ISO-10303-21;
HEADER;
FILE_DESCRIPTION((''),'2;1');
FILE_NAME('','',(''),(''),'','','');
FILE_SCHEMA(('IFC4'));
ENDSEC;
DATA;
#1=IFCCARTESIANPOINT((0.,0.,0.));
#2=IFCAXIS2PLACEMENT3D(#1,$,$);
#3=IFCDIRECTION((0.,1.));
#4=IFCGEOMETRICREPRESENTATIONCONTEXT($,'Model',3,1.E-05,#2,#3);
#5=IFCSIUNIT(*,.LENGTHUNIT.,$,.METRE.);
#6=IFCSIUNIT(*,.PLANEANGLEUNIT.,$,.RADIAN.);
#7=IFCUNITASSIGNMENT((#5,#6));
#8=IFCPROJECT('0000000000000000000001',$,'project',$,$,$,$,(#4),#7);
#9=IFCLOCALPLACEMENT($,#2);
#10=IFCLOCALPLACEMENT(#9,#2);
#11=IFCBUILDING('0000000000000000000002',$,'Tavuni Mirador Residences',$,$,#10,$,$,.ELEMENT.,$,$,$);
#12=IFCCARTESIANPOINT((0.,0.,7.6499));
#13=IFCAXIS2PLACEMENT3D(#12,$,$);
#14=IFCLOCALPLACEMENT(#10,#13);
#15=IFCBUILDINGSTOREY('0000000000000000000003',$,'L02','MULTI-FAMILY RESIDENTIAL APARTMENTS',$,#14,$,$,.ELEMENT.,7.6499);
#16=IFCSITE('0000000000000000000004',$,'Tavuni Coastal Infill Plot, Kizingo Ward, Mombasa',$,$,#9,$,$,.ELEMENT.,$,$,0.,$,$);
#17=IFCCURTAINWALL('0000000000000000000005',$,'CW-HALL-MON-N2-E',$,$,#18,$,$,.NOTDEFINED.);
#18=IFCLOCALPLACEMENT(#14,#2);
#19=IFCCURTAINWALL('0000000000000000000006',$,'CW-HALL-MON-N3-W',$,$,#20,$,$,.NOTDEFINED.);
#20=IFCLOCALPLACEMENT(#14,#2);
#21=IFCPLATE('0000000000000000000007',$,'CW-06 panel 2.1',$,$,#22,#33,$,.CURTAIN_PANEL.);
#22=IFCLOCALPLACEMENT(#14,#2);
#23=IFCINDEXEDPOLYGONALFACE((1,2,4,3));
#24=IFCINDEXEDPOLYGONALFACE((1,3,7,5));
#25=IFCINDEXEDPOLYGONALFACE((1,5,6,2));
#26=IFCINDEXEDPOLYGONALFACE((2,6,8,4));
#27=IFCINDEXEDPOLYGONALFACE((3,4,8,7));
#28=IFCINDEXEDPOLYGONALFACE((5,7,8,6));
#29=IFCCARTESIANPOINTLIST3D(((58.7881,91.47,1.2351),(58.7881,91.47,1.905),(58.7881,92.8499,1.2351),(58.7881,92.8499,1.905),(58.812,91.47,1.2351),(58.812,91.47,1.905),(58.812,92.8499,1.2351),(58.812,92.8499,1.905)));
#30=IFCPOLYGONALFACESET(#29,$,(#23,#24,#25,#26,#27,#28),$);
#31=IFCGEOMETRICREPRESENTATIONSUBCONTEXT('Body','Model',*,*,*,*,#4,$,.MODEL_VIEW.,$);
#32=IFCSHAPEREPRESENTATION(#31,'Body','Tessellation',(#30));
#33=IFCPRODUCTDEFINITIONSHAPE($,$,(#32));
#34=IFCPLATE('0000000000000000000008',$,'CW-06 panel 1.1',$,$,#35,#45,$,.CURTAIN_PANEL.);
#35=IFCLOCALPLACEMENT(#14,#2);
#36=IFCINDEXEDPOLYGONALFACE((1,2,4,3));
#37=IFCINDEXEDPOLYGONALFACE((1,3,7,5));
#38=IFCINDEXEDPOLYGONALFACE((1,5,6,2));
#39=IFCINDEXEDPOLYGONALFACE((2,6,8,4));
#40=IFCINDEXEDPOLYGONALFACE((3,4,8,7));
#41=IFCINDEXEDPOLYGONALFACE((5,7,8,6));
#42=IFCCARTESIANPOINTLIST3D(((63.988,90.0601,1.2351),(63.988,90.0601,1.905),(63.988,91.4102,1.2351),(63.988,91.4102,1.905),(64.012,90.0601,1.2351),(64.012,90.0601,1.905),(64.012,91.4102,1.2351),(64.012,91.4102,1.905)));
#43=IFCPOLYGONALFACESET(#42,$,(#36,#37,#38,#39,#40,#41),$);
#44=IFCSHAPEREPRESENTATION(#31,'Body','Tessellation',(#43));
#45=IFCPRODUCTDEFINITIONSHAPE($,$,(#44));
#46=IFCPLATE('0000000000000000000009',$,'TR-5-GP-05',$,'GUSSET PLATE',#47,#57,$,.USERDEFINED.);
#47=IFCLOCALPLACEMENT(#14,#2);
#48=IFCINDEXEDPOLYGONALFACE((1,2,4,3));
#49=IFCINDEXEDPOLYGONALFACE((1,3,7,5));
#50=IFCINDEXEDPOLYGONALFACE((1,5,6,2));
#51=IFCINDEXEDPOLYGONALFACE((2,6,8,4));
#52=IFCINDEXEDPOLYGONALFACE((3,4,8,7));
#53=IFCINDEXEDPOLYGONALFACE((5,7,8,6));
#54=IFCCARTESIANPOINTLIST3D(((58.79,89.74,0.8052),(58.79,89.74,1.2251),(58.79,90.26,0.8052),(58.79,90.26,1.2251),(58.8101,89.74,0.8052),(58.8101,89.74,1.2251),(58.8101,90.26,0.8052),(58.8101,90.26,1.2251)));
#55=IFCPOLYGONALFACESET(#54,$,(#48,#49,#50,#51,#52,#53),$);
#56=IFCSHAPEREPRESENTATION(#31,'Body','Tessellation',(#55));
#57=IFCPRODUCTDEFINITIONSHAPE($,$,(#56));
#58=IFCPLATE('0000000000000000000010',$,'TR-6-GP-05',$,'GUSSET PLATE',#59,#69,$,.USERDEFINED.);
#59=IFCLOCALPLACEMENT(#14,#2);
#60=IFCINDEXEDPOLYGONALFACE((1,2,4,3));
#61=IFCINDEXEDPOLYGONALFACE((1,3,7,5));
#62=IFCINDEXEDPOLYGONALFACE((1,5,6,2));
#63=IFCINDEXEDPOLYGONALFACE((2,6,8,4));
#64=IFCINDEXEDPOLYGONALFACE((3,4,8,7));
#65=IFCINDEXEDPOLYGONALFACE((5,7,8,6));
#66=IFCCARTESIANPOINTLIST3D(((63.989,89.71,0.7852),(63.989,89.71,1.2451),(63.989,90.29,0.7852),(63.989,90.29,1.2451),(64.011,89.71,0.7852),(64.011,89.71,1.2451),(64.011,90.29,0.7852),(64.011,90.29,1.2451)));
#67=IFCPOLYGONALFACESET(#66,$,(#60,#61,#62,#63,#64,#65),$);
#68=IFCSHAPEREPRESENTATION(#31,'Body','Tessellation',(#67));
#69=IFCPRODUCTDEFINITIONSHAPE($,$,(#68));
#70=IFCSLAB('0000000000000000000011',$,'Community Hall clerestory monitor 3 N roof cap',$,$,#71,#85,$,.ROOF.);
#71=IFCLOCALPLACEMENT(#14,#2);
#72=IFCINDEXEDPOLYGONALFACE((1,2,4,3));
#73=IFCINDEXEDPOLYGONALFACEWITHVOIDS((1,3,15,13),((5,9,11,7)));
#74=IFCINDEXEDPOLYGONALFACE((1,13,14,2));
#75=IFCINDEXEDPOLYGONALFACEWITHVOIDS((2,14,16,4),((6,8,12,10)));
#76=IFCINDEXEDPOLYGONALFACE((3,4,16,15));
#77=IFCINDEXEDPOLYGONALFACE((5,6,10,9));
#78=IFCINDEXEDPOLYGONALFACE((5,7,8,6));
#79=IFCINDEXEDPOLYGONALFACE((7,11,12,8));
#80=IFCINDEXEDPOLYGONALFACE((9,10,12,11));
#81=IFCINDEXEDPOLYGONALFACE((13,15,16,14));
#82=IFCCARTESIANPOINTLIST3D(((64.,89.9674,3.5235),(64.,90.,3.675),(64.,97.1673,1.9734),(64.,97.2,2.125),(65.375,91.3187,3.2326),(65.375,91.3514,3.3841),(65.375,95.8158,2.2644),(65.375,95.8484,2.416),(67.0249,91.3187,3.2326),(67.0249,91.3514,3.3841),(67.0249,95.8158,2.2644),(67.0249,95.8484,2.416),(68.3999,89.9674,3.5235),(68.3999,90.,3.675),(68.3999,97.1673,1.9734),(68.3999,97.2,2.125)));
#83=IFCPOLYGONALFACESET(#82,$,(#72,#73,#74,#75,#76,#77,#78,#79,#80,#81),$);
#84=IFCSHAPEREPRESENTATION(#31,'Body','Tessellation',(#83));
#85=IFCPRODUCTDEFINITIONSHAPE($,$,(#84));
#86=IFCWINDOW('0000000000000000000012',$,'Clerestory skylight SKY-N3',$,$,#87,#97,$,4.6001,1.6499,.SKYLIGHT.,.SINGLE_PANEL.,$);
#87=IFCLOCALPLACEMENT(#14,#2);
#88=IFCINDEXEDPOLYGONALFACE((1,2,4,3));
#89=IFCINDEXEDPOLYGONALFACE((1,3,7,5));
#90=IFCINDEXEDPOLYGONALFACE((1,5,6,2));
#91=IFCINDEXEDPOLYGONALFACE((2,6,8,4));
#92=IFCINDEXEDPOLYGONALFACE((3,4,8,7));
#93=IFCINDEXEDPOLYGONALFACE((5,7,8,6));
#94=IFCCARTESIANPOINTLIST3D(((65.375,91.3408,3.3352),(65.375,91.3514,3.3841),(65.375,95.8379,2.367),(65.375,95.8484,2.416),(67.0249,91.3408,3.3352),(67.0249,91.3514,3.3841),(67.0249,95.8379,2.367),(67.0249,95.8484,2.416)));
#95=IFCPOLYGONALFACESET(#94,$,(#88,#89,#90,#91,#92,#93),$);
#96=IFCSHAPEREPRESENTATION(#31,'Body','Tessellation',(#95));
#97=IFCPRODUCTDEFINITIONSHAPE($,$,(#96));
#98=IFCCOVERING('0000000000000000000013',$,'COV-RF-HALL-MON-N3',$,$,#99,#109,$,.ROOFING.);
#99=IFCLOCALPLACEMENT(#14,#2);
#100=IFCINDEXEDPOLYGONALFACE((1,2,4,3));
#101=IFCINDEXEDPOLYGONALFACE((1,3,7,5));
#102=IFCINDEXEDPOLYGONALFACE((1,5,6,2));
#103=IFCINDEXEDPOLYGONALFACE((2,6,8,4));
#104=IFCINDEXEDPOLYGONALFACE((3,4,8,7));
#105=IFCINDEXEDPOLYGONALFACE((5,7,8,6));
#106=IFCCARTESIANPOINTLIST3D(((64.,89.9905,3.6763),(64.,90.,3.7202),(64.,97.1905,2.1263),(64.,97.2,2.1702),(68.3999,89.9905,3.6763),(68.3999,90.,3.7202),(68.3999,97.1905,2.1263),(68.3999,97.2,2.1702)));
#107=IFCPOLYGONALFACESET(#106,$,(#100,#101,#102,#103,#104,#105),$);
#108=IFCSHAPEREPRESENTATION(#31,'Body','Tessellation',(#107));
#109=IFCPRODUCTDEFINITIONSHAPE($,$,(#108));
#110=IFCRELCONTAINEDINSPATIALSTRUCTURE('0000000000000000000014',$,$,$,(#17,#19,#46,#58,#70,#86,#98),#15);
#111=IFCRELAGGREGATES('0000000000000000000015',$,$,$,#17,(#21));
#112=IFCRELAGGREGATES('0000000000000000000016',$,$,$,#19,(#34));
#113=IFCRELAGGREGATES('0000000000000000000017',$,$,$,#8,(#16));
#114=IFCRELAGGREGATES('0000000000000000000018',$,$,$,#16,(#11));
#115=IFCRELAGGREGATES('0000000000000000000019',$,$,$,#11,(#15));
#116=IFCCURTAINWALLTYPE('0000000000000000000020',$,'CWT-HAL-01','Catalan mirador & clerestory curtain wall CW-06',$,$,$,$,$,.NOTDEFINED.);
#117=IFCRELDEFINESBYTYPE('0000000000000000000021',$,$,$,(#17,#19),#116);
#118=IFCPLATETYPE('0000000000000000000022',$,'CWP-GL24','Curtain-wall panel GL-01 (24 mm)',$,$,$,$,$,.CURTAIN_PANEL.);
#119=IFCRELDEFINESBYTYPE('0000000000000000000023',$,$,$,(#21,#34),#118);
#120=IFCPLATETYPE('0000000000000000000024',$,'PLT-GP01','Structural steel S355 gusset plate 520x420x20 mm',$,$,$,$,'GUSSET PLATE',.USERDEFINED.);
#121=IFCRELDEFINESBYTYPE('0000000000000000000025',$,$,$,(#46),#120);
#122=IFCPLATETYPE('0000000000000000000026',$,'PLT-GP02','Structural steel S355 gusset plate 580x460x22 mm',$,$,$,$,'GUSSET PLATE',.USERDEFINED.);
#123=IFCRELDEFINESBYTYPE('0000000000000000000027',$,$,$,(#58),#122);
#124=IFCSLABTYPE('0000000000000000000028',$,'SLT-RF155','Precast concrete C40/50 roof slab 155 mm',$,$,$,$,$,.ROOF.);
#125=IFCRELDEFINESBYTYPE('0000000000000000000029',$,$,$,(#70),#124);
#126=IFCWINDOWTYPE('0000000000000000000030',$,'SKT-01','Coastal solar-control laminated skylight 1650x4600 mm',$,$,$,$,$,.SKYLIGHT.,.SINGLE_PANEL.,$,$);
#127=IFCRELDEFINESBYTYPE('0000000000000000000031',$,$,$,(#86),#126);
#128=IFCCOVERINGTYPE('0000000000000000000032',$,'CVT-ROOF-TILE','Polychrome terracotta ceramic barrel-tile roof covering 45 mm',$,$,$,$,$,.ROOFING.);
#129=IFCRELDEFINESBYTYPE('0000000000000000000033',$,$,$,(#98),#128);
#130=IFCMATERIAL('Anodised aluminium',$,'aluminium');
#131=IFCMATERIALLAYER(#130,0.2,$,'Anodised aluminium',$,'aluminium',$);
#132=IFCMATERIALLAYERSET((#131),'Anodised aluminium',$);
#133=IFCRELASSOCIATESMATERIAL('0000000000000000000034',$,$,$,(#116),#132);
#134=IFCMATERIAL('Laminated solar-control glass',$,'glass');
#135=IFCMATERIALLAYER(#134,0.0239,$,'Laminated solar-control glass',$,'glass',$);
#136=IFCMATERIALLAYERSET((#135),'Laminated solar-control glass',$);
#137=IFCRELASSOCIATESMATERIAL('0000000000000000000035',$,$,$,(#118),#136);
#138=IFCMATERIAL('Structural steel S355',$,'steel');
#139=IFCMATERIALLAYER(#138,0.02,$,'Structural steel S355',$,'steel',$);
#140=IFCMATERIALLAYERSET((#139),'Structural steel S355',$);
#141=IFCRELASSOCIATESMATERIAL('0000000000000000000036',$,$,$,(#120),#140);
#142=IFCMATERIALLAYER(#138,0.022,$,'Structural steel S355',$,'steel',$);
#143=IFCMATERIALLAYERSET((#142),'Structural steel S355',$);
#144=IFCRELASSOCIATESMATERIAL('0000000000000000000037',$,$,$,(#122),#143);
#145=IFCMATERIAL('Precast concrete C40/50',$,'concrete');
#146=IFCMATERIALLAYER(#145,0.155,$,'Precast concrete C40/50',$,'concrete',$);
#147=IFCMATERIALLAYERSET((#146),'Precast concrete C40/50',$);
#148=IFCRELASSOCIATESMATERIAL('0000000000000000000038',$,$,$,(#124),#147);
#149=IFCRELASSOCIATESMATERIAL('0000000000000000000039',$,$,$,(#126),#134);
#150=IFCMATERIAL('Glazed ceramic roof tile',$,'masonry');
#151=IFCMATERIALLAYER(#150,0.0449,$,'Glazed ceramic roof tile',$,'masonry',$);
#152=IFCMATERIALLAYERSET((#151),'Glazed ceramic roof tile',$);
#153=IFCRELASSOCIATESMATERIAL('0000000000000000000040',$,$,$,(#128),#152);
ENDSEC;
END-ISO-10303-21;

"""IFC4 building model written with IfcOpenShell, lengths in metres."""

from ifc_helpers import new_model, si_unit, direction, frame, origin, origin_2d, place, context, subcontext, project, spatial, polyline, rectangle, outline, extrude, material, layer, layer_set, type_object, element, fill, aggregate, save


model = new_model("IFC4")

# Units and contexts
model_context = context("Model", 3, precision=1e-05, world=origin(), true_north=direction((0.0, 1.0)))
body_context = subcontext(model_context, "Body", "Model", "MODEL_VIEW")
ifc_project = project(units=[si_unit("LENGTHUNIT", "METRE"), si_unit("PLANEANGLEUNIT", "RADIAN")], contexts=[model_context])

# Site, building, storey
site_placement = place(None, origin())
site = spatial("IfcSite", under=ifc_project, at=site_placement, Name="Tavuni Coastal Infill Plot, Kizingo Ward, Mombasa", CompositionType="ELEMENT", RefElevation=0.0)
building_placement = place(site_placement, origin())
building = spatial("IfcBuilding", under=site, at=building_placement, Name="Tavuni Mirador Residences", CompositionType="ELEMENT")
storey_placement = place(building_placement, frame((0.0, 0.0, 7.6499)))
storey = spatial("IfcBuildingStorey", under=building, at=storey_placement, Name="L02", Description="MULTI-FAMILY RESIDENTIAL APARTMENTS", CompositionType="ELEMENT", Elevation=7.6499)

# Curtain wall
ifc_material_1 = material(Name="Anodised aluminium", Category="aluminium")
ifc_layer_1 = layer(ifc_material_1, 0.2, Name="Anodised aluminium", Category="aluminium")
ifc_layer_set_1 = layer_set([ifc_layer_1], Name="Anodised aluminium")
curtain_wall_type = type_object("IfcCurtainWallType", Name="CWT-HAL-01", Description="Catalan mirador & clerestory curtain wall CW-06", PredefinedType="NOTDEFINED", material=ifc_layer_set_1)
curtain_wall_1_placement = place(storey_placement, origin())
curtain_wall_1 = element("IfcCurtainWall", 1, at=curtain_wall_1_placement, inside=storey, type_object=curtain_wall_type, Name="CW-HALL-MON-N2-E", PredefinedType="NOTDEFINED")

# Curtain wall
curtain_wall_2_placement = place(storey_placement, origin())
curtain_wall_2 = element("IfcCurtainWall", 2, at=curtain_wall_2_placement, inside=storey, type_object=curtain_wall_type, Name="CW-HALL-MON-N3-W", PredefinedType="NOTDEFINED")

# Shared definitions
ifc_material_2 = material(Name="Structural steel S355", Category="steel")

# Plates
ifc_material_3 = material(Name="Laminated solar-control glass", Category="glass")
ifc_layer_2 = layer(ifc_material_3, 0.0239, Name="Laminated solar-control glass", Category="glass")
ifc_layer_set_2 = layer_set([ifc_layer_2], Name="Laminated solar-control glass")
plate_type_1 = type_object("IfcPlateType", Name="CWP-GL24", Description="Curtain-wall panel GL-01 (24 mm)", PredefinedType="CURTAIN_PANEL", material=ifc_layer_set_2)
plate_1_placement = place(storey_placement, frame((58.8, 92.1599, 1.2351), z_axis=(0.0, 0.0, 1.0), x_axis=(0.0, 1.0, 0.0)))
plate_1 = element("IfcPlate", 3, at=plate_1_placement, type_object=plate_type_1, Name="CW-06 panel 2.1", PredefinedType="CURTAIN_PANEL", context=body_context, shape_type="SweptSolid", body=[
    extrude(rectangle(XDim=1.3799, YDim=0.0239, at=origin_2d()), origin(), (0.0, 0.0, 1.0), 0.6699),
])
aggregate(curtain_wall_1, [plate_1])
plate_2_placement = place(storey_placement, frame((64.0, 90.7351, 1.2351), z_axis=(0.0, 0.0, 1.0), x_axis=(0.0, 1.0, 0.0)))
plate_2 = element("IfcPlate", 4, at=plate_2_placement, type_object=plate_type_1, Name="CW-06 panel 1.1", PredefinedType="CURTAIN_PANEL", context=body_context, shape_type="SweptSolid", body=[
    extrude(rectangle(XDim=1.3501, YDim=0.0239, at=origin_2d()), origin(), (0.0, 0.0, 1.0), 0.6699),
])
aggregate(curtain_wall_2, [plate_2])

# Plates
ifc_layer_3 = layer(ifc_material_2, 0.02, Name="Structural steel S355", Category="steel")
ifc_layer_set_3 = layer_set([ifc_layer_3], Name="Structural steel S355")
plate_type_2 = type_object("IfcPlateType", Name="PLT-GP01", Description="Structural steel S355 gusset plate 520x420x20 mm", ElementType="GUSSET PLATE", PredefinedType="USERDEFINED", material=ifc_layer_set_3)
plate_3_placement = place(storey_placement, frame((58.8, 90.0, 0.8052), z_axis=(0.0, 0.0, 1.0), x_axis=(0.0, 1.0, 0.0)))
element("IfcPlate", 5, at=plate_3_placement, inside=storey, type_object=plate_type_2, Name="TR-5-GP-05", ObjectType="GUSSET PLATE", PredefinedType="USERDEFINED", context=body_context, shape_type="SweptSolid", body=[
    extrude(rectangle(XDim=0.52, YDim=0.02, at=origin_2d()), origin(), (0.0, 0.0, 1.0), 0.4199),
])
ifc_layer_4 = layer(ifc_material_2, 0.022, Name="Structural steel S355", Category="steel")
ifc_layer_set_4 = layer_set([ifc_layer_4], Name="Structural steel S355")
plate_type_3 = type_object("IfcPlateType", Name="PLT-GP02", Description="Structural steel S355 gusset plate 580x460x22 mm", ElementType="GUSSET PLATE", PredefinedType="USERDEFINED", material=ifc_layer_set_4)
plate_4_placement = place(storey_placement, frame((64.0, 90.0, 0.7852), z_axis=(0.0, 0.0, 1.0), x_axis=(0.0, 1.0, 0.0)))
element("IfcPlate", 6, at=plate_4_placement, inside=storey, type_object=plate_type_3, Name="TR-6-GP-05", ObjectType="GUSSET PLATE", PredefinedType="USERDEFINED", context=body_context, shape_type="SweptSolid", body=[
    extrude(rectangle(XDim=0.5801, YDim=0.022, at=origin_2d()), origin(), (0.0, 0.0, 1.0), 0.46),
])

# Slab, opening, window
ifc_material_4 = material(Name="Precast concrete C40/50", Category="concrete")
ifc_layer_5 = layer(ifc_material_4, 0.155, Name="Precast concrete C40/50", Category="concrete")
ifc_layer_set_5 = layer_set([ifc_layer_5], Name="Precast concrete C40/50")
slab_type = type_object("IfcSlabType", Name="SLT-RF155", Description="Precast concrete C40/50 roof slab 155 mm", PredefinedType="ROOF", material=ifc_layer_set_5)
slab_placement = place(storey_placement, frame((64.0, 90.0, 3.675), z_axis=(0.0, 0.210464, 0.977602), x_axis=(1.0, 0.0, 0.0)))
slab = element("IfcSlab", 7, at=slab_placement, inside=storey, type_object=slab_type, Name="Community Hall clerestory monitor 3 N roof cap", PredefinedType="ROOF", context=body_context, shape_type="SweptSolid", body=[
    extrude(outline(polyline([(0.0, 0.0), (4.3999, 0.0), (4.3999, 7.3649), (0.0, 7.3649), (0.0, 0.0)])), origin(), (0.0, 0.0, -1.0), 0.155),
])
opening_placement = place(slab_placement, frame((2.2, 3.6824, 0.0)))
opening = element("IfcOpeningElement", 8, at=opening_placement, cuts=slab, PredefinedType="OPENING", context=body_context, shape_type="SweptSolid", body=[
    extrude(rectangle(XDim=1.6499, YDim=4.6001, at=origin_2d()), frame((0.0, 0.0, 0.01)), (0.0, 0.0, -1.0), 0.175),
])
window_type = type_object("IfcWindowType", Name="SKT-01", Description="Coastal solar-control laminated skylight 1650x4600 mm", PartitioningType="SINGLE_PANEL", PredefinedType="SKYLIGHT", material=ifc_material_3)
window_placement = place(opening_placement, origin())
window = element("IfcWindow", 9, at=window_placement, inside=storey, type_object=window_type, Name="Clerestory skylight SKY-N3", OverallHeight=4.6001, OverallWidth=1.6499, PartitioningType="SINGLE_PANEL", PredefinedType="SKYLIGHT", context=body_context, shape_type="SweptSolid", body=[
    extrude(rectangle(XDim=1.6499, YDim=4.6001, at=origin_2d()), origin(), (0.0, 0.0, -1.0), 0.05),
])
fill(opening, window)

# Covering
ifc_material_5 = material(Name="Glazed ceramic roof tile", Category="masonry")
ifc_layer_6 = layer(ifc_material_5, 0.0449, Name="Glazed ceramic roof tile", Category="masonry")
ifc_layer_set_6 = layer_set([ifc_layer_6], Name="Glazed ceramic roof tile")
covering_type = type_object("IfcCoveringType", Name="CVT-ROOF-TILE", Description="Polychrome terracotta ceramic barrel-tile roof covering 45 mm", PredefinedType="ROOFING", material=ifc_layer_set_6)
covering_placement = place(storey_placement, frame((64.0, 90.0, 3.7202), z_axis=(0.0, 0.210464, 0.977602), x_axis=(1.0, 0.0, 0.0)))
element("IfcCovering", 10, at=covering_placement, inside=storey, type_object=covering_type, Name="COV-RF-HALL-MON-N3", PredefinedType="ROOFING", context=body_context, shape_type="SweptSolid", body=[
    extrude(outline(polyline([(0.0, 0.0), (4.3999, 0.0), (4.3999, 7.3649), (0.0, 7.3649), (0.0, 0.0)])), origin(), (0.0, 0.0, -1.0), 0.0449),
])

save(model, "model.ifc")
